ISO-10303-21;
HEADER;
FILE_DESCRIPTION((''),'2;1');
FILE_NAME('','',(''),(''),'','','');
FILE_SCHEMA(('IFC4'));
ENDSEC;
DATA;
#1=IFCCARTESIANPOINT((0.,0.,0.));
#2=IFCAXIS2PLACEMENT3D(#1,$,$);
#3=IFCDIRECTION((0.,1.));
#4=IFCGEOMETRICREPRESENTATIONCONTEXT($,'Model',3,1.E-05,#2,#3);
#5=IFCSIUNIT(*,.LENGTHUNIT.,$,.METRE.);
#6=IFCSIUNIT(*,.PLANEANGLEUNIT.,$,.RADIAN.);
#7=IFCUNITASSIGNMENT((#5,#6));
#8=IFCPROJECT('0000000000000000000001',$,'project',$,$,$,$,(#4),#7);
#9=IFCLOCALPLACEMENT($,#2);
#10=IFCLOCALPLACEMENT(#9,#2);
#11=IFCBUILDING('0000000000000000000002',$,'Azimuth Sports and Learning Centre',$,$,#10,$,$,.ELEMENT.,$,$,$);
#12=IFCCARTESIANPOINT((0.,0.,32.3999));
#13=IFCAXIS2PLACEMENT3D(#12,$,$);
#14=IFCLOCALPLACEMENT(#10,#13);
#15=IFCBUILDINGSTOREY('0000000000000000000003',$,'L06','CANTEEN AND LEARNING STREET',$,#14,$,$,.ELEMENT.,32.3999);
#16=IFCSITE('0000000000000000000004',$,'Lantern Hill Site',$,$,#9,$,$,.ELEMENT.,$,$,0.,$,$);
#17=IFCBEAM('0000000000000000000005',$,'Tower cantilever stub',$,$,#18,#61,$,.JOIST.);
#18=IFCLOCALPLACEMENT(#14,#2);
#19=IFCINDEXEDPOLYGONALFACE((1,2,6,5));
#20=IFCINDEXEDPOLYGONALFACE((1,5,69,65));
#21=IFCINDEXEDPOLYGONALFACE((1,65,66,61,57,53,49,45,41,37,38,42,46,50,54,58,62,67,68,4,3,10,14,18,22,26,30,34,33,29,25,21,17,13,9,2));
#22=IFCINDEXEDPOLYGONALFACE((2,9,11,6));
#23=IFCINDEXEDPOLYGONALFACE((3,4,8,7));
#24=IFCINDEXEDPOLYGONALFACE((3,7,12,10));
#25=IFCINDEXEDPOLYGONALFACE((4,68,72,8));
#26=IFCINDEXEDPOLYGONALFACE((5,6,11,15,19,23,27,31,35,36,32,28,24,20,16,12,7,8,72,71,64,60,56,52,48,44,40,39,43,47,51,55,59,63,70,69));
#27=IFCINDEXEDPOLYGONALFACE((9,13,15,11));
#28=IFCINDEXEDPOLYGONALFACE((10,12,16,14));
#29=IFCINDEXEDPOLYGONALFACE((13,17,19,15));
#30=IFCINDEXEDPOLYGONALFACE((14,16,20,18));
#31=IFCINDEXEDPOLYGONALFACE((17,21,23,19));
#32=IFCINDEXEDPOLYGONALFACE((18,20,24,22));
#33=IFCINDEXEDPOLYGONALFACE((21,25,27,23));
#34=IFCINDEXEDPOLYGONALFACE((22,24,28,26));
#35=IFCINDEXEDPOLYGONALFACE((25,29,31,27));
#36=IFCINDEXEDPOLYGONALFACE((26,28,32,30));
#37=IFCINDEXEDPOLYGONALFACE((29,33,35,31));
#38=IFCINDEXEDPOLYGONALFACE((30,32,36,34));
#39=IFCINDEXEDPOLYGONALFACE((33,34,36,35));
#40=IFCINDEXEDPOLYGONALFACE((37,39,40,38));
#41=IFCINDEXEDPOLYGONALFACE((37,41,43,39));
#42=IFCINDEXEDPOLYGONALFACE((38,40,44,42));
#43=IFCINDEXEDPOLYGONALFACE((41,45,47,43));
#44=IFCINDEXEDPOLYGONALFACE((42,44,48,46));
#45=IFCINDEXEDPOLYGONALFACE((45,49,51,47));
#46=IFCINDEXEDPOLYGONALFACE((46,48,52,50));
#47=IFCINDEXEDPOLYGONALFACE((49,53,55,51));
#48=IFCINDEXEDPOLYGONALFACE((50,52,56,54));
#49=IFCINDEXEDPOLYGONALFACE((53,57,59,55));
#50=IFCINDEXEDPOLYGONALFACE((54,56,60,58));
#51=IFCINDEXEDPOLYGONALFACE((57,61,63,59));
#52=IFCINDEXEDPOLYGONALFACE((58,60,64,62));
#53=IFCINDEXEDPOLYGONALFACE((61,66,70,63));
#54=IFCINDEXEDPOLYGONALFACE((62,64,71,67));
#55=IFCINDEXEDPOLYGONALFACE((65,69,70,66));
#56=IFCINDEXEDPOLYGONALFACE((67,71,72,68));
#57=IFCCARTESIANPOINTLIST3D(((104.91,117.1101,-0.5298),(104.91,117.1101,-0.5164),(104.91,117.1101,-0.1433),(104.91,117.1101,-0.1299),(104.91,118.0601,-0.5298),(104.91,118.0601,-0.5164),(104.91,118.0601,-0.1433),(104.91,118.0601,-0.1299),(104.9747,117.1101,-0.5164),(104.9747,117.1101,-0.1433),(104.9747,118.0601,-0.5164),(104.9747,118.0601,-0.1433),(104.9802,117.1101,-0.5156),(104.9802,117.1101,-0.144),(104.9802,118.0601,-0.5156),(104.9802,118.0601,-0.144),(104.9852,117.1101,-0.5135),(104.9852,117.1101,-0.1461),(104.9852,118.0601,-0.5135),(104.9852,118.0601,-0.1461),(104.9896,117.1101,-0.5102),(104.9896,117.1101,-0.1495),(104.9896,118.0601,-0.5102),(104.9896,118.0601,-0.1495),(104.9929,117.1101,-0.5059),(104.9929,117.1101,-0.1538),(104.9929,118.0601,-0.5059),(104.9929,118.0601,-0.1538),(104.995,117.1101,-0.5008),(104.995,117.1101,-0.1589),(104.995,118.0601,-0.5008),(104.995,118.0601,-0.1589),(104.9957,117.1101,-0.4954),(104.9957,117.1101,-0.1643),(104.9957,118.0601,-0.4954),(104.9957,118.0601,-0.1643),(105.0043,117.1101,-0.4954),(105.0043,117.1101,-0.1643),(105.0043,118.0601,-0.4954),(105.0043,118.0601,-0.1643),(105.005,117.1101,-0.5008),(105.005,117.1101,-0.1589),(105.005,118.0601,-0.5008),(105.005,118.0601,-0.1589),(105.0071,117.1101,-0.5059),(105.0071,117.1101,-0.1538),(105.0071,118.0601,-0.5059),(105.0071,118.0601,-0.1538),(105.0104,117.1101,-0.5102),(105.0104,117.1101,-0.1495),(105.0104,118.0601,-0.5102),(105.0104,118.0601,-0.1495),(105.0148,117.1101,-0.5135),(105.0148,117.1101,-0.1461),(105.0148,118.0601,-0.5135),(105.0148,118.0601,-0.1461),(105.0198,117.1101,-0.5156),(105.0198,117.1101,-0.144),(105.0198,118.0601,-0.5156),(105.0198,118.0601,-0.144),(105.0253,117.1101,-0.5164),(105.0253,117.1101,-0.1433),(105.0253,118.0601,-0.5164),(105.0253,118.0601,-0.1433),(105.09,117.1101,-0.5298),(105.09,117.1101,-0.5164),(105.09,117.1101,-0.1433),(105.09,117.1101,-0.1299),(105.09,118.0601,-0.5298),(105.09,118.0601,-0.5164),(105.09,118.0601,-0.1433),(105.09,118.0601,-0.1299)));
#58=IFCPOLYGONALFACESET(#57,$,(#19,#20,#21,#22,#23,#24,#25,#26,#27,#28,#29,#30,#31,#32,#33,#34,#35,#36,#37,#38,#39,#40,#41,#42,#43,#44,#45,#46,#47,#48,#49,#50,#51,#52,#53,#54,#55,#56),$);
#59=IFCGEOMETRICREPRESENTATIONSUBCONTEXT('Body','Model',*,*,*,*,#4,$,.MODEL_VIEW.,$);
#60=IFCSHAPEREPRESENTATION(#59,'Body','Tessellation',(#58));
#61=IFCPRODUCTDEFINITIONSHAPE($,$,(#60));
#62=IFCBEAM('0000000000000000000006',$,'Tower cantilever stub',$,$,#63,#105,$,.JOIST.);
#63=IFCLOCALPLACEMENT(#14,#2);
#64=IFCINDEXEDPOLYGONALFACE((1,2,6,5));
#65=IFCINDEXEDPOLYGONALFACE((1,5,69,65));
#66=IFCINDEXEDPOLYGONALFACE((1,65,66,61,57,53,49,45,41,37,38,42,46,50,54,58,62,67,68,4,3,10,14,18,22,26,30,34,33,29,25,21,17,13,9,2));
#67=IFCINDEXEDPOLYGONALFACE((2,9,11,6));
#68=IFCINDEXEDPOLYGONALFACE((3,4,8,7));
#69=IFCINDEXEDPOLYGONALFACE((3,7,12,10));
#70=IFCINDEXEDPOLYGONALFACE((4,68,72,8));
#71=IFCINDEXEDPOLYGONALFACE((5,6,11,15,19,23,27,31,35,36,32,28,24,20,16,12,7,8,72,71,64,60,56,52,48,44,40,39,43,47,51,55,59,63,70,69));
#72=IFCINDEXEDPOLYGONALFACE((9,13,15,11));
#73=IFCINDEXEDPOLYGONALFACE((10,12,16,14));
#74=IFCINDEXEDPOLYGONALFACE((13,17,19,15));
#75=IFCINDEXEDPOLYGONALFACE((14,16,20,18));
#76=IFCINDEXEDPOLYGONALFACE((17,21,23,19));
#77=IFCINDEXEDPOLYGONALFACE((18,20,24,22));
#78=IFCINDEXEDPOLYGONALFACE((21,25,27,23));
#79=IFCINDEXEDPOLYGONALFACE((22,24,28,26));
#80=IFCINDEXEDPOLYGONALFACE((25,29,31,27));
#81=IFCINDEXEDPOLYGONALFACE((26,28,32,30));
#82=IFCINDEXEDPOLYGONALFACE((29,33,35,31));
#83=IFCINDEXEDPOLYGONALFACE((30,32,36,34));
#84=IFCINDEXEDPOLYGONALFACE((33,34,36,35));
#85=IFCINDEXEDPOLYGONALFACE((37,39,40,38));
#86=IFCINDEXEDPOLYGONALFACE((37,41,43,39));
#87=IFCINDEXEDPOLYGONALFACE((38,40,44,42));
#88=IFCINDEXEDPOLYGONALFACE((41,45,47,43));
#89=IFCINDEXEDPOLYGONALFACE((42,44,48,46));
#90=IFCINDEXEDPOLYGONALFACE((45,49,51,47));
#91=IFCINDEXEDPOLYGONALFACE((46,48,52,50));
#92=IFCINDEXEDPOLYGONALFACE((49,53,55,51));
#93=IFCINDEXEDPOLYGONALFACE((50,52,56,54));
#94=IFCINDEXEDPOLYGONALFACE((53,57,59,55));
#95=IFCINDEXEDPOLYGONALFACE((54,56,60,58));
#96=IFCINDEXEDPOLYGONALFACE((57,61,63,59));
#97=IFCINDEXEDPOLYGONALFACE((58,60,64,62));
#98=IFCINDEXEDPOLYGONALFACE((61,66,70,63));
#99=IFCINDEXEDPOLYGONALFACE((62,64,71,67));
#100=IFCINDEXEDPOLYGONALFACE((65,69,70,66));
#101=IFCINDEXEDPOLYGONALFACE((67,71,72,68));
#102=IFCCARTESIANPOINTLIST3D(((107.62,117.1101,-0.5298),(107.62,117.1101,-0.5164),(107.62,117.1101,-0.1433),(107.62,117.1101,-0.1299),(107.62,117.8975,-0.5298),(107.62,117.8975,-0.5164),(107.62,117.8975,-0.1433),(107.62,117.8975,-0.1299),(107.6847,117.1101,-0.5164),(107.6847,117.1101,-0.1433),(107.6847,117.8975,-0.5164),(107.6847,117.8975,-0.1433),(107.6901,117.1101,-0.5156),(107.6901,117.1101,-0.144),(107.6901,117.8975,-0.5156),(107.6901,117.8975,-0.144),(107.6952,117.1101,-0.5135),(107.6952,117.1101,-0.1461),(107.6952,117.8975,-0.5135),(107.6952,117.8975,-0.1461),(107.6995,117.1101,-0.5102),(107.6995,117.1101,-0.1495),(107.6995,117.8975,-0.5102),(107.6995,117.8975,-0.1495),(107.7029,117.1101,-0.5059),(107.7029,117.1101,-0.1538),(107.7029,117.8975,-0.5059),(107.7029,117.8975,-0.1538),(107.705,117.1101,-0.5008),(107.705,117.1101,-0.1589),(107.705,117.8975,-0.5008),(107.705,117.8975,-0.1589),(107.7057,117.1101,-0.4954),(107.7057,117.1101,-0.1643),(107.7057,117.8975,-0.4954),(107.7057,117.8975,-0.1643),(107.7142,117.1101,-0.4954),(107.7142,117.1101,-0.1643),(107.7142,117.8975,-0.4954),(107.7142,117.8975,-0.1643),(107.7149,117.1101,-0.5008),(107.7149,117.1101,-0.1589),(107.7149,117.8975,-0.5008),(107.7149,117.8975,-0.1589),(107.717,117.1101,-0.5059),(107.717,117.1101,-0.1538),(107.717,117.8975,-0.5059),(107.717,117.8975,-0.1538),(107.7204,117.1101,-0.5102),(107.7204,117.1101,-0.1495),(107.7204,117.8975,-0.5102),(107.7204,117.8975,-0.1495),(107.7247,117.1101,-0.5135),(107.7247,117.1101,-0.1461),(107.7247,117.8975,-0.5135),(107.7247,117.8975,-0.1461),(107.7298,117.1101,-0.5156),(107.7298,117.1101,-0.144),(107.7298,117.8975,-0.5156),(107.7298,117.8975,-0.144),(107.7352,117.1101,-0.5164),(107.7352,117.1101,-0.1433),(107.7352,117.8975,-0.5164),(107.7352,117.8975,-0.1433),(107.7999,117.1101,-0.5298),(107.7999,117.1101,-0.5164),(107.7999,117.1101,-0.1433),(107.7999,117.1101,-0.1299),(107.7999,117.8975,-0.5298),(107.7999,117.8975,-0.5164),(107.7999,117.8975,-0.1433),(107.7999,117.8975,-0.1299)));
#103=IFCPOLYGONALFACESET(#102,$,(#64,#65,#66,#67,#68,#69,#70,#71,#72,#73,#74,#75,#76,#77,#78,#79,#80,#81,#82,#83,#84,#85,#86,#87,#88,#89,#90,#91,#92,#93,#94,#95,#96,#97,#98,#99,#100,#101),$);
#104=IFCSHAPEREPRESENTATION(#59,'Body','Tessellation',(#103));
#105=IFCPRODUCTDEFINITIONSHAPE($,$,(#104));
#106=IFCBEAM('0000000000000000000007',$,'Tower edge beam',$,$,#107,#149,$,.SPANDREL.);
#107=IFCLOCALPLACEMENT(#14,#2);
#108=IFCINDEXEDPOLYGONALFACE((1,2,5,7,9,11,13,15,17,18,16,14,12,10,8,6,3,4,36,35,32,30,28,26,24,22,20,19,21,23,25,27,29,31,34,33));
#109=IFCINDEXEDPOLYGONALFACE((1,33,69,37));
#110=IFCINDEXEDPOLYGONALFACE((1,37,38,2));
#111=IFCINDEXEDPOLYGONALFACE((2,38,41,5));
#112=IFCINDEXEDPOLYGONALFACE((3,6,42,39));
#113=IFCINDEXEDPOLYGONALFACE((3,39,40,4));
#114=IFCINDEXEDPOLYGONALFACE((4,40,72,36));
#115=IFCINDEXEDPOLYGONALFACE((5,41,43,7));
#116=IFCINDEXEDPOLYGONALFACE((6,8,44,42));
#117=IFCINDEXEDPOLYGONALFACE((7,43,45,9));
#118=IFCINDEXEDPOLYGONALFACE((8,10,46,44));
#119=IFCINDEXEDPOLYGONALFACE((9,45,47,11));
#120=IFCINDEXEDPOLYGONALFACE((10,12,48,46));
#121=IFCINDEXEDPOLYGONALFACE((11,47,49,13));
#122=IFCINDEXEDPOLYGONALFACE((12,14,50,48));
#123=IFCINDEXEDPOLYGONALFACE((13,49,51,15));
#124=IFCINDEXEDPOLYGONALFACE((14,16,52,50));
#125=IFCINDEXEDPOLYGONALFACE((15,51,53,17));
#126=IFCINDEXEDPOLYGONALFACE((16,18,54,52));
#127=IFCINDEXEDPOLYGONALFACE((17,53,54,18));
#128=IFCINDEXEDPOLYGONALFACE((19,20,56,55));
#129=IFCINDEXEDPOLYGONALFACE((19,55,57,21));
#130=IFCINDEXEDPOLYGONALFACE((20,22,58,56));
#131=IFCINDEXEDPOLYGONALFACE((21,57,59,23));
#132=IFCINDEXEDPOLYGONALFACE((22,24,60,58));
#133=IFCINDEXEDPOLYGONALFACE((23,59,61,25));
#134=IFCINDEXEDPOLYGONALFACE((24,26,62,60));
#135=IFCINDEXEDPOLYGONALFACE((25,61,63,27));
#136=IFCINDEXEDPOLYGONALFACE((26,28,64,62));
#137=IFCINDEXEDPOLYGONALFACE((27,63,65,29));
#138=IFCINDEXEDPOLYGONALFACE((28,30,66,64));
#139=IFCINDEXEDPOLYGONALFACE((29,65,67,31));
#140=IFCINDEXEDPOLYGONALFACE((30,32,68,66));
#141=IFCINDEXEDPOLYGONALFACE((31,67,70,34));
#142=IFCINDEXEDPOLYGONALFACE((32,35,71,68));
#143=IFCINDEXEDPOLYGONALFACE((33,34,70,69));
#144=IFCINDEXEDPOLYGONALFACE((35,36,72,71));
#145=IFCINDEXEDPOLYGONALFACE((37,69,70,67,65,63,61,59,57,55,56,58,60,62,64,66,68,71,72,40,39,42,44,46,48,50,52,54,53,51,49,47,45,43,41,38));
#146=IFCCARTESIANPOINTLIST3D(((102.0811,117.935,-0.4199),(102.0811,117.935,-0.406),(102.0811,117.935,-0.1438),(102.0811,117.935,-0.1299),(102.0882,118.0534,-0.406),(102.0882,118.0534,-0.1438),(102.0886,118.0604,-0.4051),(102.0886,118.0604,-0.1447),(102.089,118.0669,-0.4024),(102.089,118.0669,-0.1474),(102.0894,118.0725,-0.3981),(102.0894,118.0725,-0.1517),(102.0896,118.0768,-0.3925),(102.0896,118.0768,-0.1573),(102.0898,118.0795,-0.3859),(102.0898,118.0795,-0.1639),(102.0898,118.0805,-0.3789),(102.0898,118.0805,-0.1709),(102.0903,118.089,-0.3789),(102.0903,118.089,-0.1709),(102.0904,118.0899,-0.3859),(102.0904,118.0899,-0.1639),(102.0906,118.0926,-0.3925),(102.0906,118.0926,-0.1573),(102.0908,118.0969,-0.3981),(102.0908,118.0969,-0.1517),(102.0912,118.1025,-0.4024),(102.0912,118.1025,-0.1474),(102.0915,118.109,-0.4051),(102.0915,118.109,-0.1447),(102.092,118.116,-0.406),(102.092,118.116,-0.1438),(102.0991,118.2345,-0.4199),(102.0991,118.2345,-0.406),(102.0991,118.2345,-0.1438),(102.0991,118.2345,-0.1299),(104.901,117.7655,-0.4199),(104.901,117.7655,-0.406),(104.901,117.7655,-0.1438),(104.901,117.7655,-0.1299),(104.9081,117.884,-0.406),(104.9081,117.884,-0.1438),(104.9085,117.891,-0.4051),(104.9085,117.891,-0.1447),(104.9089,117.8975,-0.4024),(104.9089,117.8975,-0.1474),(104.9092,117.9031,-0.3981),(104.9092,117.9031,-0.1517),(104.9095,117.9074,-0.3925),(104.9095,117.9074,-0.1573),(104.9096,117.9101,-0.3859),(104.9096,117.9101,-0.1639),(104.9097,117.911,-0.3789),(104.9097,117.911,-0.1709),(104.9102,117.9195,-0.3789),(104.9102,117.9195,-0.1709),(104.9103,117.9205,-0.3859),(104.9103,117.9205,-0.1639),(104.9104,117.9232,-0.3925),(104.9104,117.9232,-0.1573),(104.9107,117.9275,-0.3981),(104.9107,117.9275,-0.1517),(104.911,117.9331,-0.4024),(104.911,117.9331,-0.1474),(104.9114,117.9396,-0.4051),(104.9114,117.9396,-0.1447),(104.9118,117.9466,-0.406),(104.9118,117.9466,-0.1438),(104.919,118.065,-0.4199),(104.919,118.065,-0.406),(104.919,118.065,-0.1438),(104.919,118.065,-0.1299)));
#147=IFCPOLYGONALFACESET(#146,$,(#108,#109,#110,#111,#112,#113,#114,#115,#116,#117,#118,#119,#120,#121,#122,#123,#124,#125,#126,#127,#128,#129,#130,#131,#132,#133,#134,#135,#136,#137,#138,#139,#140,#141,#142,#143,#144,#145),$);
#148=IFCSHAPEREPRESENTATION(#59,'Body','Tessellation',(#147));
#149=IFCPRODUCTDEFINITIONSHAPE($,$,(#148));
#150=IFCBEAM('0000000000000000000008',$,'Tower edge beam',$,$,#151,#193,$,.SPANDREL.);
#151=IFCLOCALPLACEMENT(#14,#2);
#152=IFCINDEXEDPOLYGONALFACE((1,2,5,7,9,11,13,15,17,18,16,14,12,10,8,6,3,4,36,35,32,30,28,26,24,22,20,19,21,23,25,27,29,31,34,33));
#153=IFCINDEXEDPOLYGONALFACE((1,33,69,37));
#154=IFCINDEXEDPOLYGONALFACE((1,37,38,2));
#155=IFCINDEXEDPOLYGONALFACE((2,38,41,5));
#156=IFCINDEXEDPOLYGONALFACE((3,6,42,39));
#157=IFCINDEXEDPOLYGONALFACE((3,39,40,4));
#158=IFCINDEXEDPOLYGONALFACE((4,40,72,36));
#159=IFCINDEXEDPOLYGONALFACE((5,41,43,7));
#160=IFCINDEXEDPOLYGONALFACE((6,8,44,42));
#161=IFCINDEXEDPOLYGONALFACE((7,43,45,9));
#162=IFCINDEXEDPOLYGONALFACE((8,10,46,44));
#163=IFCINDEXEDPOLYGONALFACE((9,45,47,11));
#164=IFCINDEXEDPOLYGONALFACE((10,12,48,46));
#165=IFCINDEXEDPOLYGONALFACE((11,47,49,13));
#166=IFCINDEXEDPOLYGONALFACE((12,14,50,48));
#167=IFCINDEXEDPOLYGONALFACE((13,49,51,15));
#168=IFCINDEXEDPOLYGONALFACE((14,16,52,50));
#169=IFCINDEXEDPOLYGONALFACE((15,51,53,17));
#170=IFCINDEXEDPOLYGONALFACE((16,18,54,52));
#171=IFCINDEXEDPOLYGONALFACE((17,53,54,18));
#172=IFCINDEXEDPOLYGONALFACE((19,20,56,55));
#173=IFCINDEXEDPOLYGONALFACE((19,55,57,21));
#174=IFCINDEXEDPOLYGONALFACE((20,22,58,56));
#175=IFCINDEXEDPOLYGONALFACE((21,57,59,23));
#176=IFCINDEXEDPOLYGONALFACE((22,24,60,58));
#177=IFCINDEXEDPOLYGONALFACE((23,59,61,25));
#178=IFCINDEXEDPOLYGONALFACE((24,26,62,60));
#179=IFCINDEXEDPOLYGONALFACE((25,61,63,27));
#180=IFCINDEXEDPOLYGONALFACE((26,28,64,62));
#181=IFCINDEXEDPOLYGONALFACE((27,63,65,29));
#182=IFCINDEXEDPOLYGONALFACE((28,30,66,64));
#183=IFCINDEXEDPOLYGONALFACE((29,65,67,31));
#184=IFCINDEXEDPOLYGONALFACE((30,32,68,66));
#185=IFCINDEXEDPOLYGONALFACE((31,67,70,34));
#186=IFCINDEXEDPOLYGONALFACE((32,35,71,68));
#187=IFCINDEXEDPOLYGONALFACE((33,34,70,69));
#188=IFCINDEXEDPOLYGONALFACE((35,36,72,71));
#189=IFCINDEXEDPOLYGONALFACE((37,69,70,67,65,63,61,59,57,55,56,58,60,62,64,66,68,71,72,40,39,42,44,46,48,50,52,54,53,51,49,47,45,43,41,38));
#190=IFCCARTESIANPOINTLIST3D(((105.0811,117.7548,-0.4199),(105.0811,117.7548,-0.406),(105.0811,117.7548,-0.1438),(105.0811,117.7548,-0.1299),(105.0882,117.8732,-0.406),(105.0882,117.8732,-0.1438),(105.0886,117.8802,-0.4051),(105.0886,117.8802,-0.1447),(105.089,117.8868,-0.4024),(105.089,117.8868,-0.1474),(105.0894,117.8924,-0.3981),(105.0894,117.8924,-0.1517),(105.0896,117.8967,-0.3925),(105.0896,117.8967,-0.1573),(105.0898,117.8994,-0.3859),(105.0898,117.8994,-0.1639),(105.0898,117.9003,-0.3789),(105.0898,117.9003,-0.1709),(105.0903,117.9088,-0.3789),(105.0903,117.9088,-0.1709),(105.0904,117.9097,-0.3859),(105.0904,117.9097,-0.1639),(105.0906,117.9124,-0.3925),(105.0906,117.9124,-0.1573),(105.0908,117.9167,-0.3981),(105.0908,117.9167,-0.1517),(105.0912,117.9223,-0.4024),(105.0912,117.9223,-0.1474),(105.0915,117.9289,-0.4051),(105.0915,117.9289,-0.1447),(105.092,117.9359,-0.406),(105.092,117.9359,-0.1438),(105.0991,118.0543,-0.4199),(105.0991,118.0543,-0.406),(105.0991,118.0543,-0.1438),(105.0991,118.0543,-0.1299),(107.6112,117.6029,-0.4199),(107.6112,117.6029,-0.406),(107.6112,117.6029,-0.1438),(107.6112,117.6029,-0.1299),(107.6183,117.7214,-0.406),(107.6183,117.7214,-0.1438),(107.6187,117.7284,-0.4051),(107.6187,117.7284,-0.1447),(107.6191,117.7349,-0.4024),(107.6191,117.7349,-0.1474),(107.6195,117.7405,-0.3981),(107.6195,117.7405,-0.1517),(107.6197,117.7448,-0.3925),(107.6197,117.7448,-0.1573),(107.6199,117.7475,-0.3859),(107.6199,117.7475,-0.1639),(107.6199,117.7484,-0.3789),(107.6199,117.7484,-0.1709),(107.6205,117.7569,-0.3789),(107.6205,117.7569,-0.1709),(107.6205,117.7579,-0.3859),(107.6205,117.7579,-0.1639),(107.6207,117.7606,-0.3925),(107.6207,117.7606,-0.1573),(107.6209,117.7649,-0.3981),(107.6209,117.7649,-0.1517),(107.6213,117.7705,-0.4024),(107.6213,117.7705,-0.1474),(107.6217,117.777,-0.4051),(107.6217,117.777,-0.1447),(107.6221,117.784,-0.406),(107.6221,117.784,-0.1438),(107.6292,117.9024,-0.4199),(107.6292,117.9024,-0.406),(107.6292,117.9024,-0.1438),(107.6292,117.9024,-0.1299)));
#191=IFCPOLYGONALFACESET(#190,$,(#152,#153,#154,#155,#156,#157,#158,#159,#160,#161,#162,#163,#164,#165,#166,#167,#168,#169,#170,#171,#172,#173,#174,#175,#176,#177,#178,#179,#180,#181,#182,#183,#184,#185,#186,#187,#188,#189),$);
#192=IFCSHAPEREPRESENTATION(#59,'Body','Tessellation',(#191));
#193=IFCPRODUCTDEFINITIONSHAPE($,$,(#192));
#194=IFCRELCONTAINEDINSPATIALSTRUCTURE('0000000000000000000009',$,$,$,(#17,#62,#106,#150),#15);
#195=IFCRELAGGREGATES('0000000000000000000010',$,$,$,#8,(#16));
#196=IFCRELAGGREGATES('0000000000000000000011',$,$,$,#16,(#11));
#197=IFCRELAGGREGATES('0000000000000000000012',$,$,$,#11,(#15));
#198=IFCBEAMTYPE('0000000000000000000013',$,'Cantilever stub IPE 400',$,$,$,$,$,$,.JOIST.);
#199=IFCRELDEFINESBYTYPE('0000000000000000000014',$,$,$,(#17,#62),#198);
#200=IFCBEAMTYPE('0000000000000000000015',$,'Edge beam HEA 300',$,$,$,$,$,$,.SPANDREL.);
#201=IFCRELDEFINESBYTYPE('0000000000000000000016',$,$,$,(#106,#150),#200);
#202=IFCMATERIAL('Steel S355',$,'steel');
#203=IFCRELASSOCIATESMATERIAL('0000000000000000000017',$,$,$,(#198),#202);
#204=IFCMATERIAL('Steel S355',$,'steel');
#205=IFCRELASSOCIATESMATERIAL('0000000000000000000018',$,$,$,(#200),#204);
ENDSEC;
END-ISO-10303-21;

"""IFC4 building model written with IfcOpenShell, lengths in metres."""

from ifc_helpers import new_model, si_unit, direction, frame, origin, origin_2d, place, context, subcontext, project, spatial, i_section, extrude, material, material_profile, profile_set, type_object, element, save


model = new_model("IFC4")

# Units and contexts
model_context = context("Model", 3, precision=1e-05, world=origin(), true_north=direction((0.0, 1.0)))
body_context = subcontext(model_context, "Body", "Model", "MODEL_VIEW")
ifc_project = project(units=[si_unit("LENGTHUNIT", "METRE"), si_unit("PLANEANGLEUNIT", "RADIAN")], contexts=[model_context])

# Site, building, storey
site_placement = place(None, origin())
site = spatial("IfcSite", under=ifc_project, at=site_placement, Name="Lantern Hill Site", CompositionType="ELEMENT", RefElevation=0.0)
building_placement = place(site_placement, origin())
building = spatial("IfcBuilding", under=site, at=building_placement, Name="Azimuth Sports and Learning Centre", CompositionType="ELEMENT")
storey_placement = place(building_placement, frame((0.0, 0.0, 32.3999)))
storey = spatial("IfcBuildingStorey", under=building, at=storey_placement, Name="L06", Description="CANTEEN AND LEARNING STREET", CompositionType="ELEMENT", Elevation=32.3999)

# Beams
ifc_material_1 = material(Name="Steel S355", Category="steel")
ifc_material_profile_1 = material_profile(ifc_material_1, i_section(OverallWidth=0.1799, OverallDepth=0.3999, WebThickness=0.0085, FlangeThickness=0.0134, FilletRadius=0.021, at=origin_2d()), Name="IPE 400")
ifc_profile_set_1 = profile_set([ifc_material_profile_1], Name="Steel S355")
beam_type_1 = type_object("IfcBeamType", Name="Cantilever stub IPE 400", PredefinedType="JOIST", material=ifc_profile_set_1)
beam_1_placement = place(storey_placement, frame((105.0, 117.1101, -0.3298), z_axis=(0.0, 1.0, 0.0), x_axis=(-1.0, 0.0, 0.0)))
element("IfcBeam", 1, at=beam_1_placement, inside=storey, type_object=beam_type_1, Name="Tower cantilever stub", PredefinedType="JOIST", context=body_context, shape_type="SweptSolid", body=[
    extrude(i_section(OverallWidth=0.1799, OverallDepth=0.3999, WebThickness=0.0085, FlangeThickness=0.0134, FilletRadius=0.021, at=origin_2d()), origin(), (0.0, 0.0, 1.0), 0.95),
])
beam_2_placement = place(storey_placement, frame((107.71, 117.1101, -0.3298), z_axis=(0.0, 1.0, 0.0), x_axis=(-1.0, 0.0, 0.0)))
element("IfcBeam", 2, at=beam_2_placement, inside=storey, type_object=beam_type_1, Name="Tower cantilever stub", PredefinedType="JOIST", context=body_context, shape_type="SweptSolid", body=[
    extrude(i_section(OverallWidth=0.1799, OverallDepth=0.3999, WebThickness=0.0085, FlangeThickness=0.0134, FilletRadius=0.021, at=origin_2d()), origin(), (0.0, 0.0, 1.0), 0.7874),
])
ifc_material_2 = material(Name="Steel S355", Category="steel")
ifc_material_profile_2 = material_profile(ifc_material_2, i_section(OverallWidth=0.3, OverallDepth=0.29, WebThickness=0.0085, FlangeThickness=0.0139, FilletRadius=0.0271, at=origin_2d()), Name="HEA 300")
ifc_profile_set_2 = profile_set([ifc_material_profile_2], Name="Steel S355")
beam_type_2 = type_object("IfcBeamType", Name="Edge beam HEA 300", PredefinedType="SPANDREL", material=ifc_profile_set_2)
beam_3_placement = place(storey_placement, frame((102.0901, 118.0847, -0.2749), z_axis=(0.9982, -0.059978, 0.0), x_axis=(0.059978, 0.9982, 0.0)))
element("IfcBeam", 3, at=beam_3_placement, inside=storey, type_object=beam_type_2, Name="Tower edge beam", PredefinedType="SPANDREL", context=body_context, shape_type="SweptSolid", body=[
    extrude(i_section(OverallWidth=0.3, OverallDepth=0.29, WebThickness=0.0085, FlangeThickness=0.0139, FilletRadius=0.0271, at=origin_2d()), origin(), (0.0, 0.0, 1.0), 2.825),
])
beam_4_placement = place(storey_placement, frame((105.0901, 117.9045, -0.2749), z_axis=(0.998204, -0.059913, 0.0), x_axis=(0.059913, 0.998204, 0.0)))
element("IfcBeam", 4, at=beam_4_placement, inside=storey, type_object=beam_type_2, Name="Tower edge beam", PredefinedType="SPANDREL", context=body_context, shape_type="SweptSolid", body=[
    extrude(i_section(OverallWidth=0.3, OverallDepth=0.29, WebThickness=0.0085, FlangeThickness=0.0139, FilletRadius=0.0271, at=origin_2d()), origin(), (0.0, 0.0, 1.0), 2.5347),
])

save(model, "model.ifc")
